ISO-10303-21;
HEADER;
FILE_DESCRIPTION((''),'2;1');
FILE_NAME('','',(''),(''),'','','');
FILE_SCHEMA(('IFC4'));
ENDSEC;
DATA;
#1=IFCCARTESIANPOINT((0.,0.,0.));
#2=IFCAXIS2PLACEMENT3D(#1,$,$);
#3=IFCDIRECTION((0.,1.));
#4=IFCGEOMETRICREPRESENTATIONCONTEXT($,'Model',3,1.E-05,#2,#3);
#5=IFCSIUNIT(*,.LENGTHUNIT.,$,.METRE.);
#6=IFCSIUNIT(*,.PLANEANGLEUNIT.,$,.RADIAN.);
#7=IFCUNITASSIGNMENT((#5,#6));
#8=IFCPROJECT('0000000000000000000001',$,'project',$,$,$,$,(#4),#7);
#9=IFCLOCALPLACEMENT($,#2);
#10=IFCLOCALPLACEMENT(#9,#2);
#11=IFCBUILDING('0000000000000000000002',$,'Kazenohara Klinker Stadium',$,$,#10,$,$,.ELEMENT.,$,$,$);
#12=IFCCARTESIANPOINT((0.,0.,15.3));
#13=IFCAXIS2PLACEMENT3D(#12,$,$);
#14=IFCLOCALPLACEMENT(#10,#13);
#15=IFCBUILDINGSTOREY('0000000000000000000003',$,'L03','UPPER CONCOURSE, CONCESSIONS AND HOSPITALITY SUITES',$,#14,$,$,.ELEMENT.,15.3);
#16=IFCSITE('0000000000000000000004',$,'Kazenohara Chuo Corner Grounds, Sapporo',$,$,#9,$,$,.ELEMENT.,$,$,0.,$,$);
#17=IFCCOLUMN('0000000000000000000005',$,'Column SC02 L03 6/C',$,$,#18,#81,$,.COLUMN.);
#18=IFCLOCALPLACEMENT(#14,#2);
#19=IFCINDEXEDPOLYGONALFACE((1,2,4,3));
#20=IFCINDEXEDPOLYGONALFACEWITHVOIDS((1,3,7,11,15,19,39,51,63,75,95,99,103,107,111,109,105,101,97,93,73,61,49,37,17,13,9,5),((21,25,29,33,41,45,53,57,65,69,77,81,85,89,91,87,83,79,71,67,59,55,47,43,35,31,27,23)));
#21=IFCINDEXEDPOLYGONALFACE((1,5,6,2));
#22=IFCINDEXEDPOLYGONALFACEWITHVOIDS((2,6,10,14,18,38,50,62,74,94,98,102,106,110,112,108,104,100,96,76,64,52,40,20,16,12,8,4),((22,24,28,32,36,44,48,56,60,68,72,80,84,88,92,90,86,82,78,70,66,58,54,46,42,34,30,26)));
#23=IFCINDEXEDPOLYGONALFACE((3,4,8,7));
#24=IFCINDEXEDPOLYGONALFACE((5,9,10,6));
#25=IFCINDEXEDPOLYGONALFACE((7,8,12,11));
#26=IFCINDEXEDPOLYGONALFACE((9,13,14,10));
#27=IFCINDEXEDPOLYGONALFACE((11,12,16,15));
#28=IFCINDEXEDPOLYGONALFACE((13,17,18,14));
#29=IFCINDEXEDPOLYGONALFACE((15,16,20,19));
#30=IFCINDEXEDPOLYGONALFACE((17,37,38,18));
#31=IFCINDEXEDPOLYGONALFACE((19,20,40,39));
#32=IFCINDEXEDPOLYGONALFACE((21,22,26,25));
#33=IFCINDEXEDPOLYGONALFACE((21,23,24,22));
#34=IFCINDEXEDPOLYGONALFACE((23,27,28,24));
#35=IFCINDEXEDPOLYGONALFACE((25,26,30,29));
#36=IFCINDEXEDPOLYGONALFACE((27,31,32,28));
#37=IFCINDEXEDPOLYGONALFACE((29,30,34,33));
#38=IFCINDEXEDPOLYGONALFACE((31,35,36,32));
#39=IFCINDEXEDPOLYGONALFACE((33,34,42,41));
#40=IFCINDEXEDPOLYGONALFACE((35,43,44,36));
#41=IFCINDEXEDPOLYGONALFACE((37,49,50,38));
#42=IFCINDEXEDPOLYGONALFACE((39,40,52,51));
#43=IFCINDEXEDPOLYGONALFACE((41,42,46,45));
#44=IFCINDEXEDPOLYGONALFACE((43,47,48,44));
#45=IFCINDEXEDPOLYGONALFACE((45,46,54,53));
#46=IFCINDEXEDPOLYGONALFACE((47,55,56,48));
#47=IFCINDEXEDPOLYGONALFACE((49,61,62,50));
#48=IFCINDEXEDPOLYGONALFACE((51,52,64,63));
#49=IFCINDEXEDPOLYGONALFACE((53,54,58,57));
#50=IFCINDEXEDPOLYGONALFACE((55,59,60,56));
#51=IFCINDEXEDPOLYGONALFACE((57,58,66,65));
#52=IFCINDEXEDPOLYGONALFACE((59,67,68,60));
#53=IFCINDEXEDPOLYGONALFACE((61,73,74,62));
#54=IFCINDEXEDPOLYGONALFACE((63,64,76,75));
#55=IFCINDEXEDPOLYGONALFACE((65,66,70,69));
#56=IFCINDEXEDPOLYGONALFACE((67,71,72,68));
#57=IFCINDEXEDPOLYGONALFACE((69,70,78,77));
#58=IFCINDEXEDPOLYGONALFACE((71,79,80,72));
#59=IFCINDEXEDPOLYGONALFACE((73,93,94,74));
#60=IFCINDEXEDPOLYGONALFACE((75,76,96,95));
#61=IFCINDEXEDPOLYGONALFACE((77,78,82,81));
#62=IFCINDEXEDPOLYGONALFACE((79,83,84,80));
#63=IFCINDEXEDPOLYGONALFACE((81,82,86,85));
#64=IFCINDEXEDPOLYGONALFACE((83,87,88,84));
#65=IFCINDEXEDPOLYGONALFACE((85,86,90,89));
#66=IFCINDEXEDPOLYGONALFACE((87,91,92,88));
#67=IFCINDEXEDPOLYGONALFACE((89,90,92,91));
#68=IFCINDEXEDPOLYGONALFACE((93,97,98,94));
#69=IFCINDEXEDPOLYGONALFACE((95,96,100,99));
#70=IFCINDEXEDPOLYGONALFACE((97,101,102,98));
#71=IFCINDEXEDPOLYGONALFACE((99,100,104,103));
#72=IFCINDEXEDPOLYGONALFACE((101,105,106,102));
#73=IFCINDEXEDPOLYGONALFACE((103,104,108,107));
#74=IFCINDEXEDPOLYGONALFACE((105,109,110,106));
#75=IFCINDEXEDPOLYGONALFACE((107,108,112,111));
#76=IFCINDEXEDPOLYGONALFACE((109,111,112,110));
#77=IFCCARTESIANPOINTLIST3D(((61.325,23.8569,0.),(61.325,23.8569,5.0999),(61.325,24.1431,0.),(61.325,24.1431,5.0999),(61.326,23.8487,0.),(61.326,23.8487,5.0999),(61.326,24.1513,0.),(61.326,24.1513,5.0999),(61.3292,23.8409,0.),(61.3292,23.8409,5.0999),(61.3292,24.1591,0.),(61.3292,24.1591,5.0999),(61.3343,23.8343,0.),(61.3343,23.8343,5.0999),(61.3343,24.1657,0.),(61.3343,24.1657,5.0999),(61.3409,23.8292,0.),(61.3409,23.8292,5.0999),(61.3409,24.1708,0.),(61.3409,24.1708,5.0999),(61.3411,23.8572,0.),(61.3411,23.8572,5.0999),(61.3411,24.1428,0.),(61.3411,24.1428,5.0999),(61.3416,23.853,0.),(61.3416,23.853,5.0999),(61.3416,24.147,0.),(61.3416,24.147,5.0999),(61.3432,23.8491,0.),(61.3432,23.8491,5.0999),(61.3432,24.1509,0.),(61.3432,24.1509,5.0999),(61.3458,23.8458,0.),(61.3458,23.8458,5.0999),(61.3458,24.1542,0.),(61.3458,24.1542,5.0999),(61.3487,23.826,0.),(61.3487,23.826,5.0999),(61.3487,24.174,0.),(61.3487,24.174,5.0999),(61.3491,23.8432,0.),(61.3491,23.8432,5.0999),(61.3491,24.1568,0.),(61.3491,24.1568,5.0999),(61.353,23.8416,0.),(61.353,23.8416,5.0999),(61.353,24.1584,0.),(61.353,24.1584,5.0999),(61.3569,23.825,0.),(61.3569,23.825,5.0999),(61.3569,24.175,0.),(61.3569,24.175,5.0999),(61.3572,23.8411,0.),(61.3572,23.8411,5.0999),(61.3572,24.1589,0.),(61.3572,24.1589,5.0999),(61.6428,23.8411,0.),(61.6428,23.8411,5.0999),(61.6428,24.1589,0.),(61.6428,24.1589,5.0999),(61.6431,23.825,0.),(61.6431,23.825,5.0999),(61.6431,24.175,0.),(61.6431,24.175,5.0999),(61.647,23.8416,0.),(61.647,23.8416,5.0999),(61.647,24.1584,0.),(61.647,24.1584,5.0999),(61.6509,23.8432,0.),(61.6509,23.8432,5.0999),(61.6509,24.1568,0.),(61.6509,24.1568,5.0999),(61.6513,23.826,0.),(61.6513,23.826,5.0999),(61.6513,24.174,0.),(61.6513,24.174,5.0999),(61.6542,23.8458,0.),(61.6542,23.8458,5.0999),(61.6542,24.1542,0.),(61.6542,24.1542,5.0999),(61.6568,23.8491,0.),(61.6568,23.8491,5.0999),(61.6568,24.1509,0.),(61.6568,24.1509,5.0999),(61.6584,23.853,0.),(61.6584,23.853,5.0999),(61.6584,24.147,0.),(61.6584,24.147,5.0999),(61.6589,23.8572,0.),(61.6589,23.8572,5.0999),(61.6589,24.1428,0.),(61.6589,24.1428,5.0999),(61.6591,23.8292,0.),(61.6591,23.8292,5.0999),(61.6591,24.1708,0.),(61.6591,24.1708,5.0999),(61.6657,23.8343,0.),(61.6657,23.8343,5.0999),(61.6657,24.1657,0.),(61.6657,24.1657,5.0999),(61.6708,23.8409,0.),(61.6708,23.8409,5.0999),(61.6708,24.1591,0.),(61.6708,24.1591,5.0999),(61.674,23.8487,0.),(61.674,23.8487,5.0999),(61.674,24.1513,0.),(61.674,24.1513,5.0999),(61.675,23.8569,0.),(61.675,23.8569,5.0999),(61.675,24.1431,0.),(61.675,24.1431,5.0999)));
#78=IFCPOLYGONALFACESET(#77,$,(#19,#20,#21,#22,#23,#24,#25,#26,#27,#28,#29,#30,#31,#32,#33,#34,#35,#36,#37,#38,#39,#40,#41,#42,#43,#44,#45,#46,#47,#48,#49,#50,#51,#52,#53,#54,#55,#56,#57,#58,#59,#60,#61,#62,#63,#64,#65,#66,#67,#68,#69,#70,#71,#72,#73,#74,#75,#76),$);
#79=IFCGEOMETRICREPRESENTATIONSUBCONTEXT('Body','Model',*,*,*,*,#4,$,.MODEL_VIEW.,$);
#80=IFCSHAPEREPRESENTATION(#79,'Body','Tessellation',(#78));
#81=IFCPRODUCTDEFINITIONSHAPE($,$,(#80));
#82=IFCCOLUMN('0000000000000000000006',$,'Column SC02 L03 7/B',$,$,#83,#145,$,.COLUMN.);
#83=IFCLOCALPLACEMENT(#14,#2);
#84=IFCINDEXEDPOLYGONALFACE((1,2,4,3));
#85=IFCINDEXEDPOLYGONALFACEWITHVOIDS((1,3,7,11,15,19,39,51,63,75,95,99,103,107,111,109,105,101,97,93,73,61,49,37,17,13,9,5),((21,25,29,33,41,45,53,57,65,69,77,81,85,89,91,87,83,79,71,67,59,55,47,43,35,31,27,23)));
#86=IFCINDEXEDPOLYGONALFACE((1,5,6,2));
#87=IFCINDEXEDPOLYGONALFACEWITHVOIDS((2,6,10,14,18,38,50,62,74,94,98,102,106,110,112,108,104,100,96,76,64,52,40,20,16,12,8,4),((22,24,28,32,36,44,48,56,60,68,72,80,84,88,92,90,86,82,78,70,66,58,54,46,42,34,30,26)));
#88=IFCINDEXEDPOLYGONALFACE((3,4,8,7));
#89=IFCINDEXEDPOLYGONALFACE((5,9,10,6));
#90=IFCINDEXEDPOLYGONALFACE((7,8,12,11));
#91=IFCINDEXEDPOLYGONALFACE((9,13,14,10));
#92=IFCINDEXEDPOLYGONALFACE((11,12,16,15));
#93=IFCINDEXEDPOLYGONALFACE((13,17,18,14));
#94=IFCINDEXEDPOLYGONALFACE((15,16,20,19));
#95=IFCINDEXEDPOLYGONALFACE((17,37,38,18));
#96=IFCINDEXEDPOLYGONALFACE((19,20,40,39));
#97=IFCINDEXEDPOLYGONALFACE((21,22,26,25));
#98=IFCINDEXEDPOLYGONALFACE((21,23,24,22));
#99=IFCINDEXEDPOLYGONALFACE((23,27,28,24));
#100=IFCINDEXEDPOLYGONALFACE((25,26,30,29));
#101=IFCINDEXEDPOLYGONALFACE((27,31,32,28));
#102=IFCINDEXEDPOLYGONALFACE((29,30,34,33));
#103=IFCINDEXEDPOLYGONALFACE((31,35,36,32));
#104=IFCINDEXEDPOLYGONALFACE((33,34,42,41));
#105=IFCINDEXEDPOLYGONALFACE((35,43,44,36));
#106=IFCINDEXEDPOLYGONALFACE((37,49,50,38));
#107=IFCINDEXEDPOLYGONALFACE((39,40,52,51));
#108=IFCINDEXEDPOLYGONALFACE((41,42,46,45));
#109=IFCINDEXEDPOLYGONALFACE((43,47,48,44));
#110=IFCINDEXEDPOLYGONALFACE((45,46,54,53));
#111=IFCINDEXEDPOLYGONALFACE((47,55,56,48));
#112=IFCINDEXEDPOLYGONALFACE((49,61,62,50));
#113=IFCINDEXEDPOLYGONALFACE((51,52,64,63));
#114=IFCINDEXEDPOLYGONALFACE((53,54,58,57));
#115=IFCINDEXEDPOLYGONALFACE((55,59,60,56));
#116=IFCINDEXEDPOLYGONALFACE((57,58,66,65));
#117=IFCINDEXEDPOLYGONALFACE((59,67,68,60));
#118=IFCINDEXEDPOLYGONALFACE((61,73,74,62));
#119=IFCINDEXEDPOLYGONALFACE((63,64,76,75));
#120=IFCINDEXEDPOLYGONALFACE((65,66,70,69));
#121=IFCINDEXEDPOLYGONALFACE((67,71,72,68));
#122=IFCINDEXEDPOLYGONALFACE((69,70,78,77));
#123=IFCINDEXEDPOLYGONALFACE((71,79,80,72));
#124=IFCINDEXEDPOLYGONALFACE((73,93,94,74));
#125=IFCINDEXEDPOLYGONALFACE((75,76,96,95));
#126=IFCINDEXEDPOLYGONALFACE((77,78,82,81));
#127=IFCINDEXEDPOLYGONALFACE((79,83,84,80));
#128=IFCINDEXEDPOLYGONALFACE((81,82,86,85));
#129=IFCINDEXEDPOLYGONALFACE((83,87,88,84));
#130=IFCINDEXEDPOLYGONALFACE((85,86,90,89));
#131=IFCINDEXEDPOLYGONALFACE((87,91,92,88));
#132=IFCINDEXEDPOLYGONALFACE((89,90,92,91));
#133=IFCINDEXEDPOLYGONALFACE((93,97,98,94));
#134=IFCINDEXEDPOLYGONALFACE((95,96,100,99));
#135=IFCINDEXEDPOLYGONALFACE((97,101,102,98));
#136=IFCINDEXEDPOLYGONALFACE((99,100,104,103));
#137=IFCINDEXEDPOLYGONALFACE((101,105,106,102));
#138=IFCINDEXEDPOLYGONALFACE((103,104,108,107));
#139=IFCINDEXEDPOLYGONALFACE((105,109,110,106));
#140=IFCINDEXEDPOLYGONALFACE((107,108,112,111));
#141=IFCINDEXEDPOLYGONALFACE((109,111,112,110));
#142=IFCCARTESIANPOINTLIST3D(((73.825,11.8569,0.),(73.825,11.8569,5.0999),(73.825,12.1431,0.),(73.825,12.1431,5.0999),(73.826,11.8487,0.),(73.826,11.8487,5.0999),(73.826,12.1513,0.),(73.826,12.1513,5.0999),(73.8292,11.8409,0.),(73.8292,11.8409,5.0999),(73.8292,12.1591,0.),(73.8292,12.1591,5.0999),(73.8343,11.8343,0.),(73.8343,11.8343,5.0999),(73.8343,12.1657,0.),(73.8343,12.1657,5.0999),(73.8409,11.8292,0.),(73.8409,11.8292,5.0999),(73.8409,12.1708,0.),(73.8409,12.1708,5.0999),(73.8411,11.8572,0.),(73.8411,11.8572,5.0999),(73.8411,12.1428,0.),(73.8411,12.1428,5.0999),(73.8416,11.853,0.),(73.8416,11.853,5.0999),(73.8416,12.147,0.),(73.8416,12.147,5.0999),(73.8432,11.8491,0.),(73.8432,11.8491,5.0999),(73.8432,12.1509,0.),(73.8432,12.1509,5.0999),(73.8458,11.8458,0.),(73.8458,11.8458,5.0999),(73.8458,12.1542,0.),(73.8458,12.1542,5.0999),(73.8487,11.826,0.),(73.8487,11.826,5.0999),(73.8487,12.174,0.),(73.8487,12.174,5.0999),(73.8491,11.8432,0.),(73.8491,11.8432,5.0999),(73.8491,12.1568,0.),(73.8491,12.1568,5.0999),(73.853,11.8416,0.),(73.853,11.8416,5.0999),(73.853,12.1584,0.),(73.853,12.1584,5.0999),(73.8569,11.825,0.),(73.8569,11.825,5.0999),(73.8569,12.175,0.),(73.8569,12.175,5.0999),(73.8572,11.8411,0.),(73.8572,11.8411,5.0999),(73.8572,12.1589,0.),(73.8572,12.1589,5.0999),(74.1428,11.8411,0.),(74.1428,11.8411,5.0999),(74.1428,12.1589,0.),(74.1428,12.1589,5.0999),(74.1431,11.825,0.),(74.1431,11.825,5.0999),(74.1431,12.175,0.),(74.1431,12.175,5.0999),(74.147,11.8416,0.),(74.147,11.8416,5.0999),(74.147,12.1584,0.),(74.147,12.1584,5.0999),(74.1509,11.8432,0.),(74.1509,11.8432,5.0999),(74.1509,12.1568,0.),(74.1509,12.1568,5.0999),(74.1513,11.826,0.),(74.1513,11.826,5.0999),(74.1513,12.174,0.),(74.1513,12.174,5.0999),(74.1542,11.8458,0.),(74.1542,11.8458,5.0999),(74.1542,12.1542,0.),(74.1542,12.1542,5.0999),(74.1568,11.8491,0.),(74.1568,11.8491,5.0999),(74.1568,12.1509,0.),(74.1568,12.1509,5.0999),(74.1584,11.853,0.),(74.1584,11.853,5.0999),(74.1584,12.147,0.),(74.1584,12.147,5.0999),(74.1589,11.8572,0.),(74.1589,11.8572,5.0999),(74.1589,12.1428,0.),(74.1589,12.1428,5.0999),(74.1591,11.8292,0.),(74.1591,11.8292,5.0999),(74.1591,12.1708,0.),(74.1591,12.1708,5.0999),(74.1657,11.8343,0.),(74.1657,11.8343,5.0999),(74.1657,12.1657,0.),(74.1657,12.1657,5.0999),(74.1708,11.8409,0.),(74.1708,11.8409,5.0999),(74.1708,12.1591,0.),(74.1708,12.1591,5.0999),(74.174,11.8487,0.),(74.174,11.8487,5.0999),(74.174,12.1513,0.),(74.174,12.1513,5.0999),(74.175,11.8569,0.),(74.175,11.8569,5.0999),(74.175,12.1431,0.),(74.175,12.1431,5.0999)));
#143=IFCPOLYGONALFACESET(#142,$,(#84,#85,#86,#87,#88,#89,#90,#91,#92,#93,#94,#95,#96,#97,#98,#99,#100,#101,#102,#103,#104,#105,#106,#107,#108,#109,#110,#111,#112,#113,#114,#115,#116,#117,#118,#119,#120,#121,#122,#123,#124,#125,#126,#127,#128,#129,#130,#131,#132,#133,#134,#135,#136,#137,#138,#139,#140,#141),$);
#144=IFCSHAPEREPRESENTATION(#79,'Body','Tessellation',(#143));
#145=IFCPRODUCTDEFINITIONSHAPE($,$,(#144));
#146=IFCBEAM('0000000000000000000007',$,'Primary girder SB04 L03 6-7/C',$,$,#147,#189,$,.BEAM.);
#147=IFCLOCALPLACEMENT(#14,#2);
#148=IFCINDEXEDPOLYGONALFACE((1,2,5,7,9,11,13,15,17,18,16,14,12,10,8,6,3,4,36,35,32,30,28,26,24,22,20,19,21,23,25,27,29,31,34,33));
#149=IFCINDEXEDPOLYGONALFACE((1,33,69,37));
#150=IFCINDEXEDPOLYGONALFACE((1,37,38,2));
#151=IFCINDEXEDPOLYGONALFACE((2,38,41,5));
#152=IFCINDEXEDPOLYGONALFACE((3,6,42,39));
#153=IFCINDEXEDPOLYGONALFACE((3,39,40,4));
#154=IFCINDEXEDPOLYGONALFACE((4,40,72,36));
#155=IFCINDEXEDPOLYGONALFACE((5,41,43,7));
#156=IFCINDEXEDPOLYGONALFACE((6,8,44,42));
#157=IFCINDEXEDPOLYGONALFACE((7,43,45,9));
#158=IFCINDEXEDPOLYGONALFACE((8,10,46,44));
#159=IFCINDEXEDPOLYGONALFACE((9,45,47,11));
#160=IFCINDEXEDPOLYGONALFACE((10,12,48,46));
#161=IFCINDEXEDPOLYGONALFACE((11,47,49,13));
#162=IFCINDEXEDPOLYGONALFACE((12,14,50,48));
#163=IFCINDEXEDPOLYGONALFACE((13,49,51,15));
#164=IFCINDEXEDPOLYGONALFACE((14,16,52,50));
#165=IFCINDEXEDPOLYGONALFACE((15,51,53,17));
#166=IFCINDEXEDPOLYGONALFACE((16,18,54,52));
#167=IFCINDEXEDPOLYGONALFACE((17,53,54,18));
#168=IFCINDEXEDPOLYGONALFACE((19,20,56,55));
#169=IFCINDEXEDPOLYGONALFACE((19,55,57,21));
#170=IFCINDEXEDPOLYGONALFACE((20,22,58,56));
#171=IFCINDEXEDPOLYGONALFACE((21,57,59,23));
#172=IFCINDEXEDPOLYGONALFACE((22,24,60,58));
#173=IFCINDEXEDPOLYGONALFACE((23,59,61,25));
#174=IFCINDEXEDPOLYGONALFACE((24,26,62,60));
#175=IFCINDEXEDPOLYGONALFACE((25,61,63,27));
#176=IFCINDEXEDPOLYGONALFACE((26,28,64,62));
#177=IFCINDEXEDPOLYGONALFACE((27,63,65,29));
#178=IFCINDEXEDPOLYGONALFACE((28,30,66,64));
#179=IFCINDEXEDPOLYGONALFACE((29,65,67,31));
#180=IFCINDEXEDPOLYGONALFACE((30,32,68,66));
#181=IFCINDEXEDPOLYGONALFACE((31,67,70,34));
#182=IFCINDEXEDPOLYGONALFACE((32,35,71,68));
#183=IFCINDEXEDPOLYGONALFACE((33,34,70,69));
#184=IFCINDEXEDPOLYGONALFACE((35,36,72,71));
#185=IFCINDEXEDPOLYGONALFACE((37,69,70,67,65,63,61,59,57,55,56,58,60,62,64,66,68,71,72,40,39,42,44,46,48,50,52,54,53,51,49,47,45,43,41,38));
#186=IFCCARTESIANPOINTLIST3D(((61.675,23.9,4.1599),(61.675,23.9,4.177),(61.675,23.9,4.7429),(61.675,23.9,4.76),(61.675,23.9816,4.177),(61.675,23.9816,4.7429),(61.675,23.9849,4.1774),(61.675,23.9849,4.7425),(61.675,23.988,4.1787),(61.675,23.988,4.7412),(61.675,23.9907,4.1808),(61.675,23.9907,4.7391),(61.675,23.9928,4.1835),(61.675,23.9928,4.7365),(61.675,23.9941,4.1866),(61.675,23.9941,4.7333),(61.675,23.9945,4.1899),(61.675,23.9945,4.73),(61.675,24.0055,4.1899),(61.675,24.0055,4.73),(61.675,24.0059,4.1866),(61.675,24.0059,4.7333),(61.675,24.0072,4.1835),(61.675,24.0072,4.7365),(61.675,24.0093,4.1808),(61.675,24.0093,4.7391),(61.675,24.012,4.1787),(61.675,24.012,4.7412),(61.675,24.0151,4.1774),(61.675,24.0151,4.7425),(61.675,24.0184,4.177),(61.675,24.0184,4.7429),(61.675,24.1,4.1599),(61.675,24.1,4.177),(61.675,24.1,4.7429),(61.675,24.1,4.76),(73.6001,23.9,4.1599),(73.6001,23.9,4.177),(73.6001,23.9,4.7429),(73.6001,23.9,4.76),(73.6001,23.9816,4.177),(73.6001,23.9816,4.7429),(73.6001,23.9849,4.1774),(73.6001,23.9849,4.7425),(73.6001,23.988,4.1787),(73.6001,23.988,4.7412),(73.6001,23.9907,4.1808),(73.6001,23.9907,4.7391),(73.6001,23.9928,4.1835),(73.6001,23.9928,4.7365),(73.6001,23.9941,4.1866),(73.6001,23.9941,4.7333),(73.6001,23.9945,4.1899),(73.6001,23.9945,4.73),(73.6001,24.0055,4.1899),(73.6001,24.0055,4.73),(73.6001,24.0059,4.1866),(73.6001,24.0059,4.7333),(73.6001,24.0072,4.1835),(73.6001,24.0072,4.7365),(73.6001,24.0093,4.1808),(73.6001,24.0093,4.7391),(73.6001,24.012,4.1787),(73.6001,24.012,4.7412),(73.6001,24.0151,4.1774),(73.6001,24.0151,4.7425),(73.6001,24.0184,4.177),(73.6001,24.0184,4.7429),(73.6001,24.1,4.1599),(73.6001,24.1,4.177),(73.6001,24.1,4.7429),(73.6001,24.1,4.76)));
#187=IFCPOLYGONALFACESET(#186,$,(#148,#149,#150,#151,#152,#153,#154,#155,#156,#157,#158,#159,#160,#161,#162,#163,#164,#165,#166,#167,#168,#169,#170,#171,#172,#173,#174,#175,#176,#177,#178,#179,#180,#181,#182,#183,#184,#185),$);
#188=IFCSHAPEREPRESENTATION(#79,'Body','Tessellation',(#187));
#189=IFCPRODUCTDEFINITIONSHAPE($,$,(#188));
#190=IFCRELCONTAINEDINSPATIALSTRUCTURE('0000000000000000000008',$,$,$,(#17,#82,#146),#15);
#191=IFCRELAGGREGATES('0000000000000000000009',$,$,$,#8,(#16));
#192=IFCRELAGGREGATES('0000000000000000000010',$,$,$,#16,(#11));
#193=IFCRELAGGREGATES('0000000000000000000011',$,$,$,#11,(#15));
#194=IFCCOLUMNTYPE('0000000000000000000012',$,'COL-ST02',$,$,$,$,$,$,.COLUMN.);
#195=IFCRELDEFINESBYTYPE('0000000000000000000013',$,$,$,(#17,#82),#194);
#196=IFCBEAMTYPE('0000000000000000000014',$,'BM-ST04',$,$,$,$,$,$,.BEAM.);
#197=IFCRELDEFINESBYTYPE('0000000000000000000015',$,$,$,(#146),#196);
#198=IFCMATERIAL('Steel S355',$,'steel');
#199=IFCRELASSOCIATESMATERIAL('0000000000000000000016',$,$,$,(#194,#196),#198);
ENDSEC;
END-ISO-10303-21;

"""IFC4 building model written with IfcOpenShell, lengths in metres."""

from ifc_helpers import new_model, si_unit, direction, frame, origin, origin_2d, place, context, subcontext, project, spatial, hollow_rectangle, i_section, extrude, material, material_profile, profile_set, type_object, element, save


model = new_model("IFC4")

# Units and contexts
model_context = context("Model", 3, precision=1e-05, world=origin(), true_north=direction((0.0, 1.0)))
body_context = subcontext(model_context, "Body", "Model", "MODEL_VIEW")
ifc_project = project(units=[si_unit("LENGTHUNIT", "METRE"), si_unit("PLANEANGLEUNIT", "RADIAN")], contexts=[model_context])

# Site, building, storey
site_placement = place(None, origin())
site = spatial("IfcSite", under=ifc_project, at=site_placement, Name="Kazenohara Chuo Corner Grounds, Sapporo", CompositionType="ELEMENT", RefElevation=0.0)
building_placement = place(site_placement, origin())
building = spatial("IfcBuilding", under=site, at=building_placement, Name="Kazenohara Klinker Stadium", CompositionType="ELEMENT")
storey_placement = place(building_placement, frame((0.0, 0.0, 15.3)))
storey = spatial("IfcBuildingStorey", under=building, at=storey_placement, Name="L03", Description="UPPER CONCOURSE, CONCESSIONS AND HOSPITALITY SUITES", CompositionType="ELEMENT", Elevation=15.3)

# Columns
ifc_material_1 = material(Name="Steel S355", Category="steel")
ifc_material_profile_1 = material_profile(ifc_material_1, hollow_rectangle(XDim=0.3501, YDim=0.3501, WallThickness=0.0161, InnerFilletRadius=0.0161, OuterFilletRadius=0.032, at=origin_2d()), Name="SHS-350x350x16")
ifc_profile_set_1 = profile_set([ifc_material_profile_1], Name="Steel S355")
column_type = type_object("IfcColumnType", Name="COL-ST02", PredefinedType="COLUMN", material=ifc_profile_set_1)
for number, where, z_axis, x_axis, name in (
    (1, (61.5, 24.0, 0.0), (0.0, 0.0, 1.0), (1.0, 0.0, 0.0), "Column SC02 L03 6/C"),
    (2, (74.0, 12.0, 0.0), (0.0, 0.0, 1.0), (1.0, 0.0, 0.0), "Column SC02 L03 7/B"),
):
    element("IfcColumn", number, at=place(storey_placement, frame(where, z_axis=z_axis, x_axis=x_axis)), inside=storey, type_object=column_type, Name=name, PredefinedType="COLUMN", context=body_context, shape_type="SweptSolid", body=[
        extrude(hollow_rectangle(XDim=0.3501, YDim=0.3501, WallThickness=0.0161, InnerFilletRadius=0.0161, OuterFilletRadius=0.032, at=origin_2d()), origin(), (0.0, 0.0, 1.0), 5.0999),
    ])

# Beam
ifc_material_profile_2 = material_profile(ifc_material_1, i_section(OverallWidth=0.2, OverallDepth=0.6001, WebThickness=0.011, FlangeThickness=0.0171, FilletRadius=0.0129, at=origin_2d()), Name="H-600x200x11x17")
ifc_profile_set_2 = profile_set([ifc_material_profile_2], Name="Steel S355")
beam_type = type_object("IfcBeamType", Name="BM-ST04", PredefinedType="BEAM", material=ifc_profile_set_2)
beam_1_placement = place(storey_placement, frame((61.675, 24.0, 4.46), z_axis=(1.0, 0.0, 0.0), x_axis=(0.0, 1.0, 0.0)))
element("IfcBeam", 3, at=beam_1_placement, inside=storey, type_object=beam_type, Name="Primary girder SB04 L03 6-7/C", PredefinedType="BEAM", context=body_context, shape_type="SweptSolid", body=[
    extrude(i_section(OverallWidth=0.2, OverallDepth=0.6001, WebThickness=0.011, FlangeThickness=0.0171, FilletRadius=0.0129, at=origin_2d()), origin(), (0.0, 0.0, 1.0), 11.925),
])

save(model, "model.ifc")
